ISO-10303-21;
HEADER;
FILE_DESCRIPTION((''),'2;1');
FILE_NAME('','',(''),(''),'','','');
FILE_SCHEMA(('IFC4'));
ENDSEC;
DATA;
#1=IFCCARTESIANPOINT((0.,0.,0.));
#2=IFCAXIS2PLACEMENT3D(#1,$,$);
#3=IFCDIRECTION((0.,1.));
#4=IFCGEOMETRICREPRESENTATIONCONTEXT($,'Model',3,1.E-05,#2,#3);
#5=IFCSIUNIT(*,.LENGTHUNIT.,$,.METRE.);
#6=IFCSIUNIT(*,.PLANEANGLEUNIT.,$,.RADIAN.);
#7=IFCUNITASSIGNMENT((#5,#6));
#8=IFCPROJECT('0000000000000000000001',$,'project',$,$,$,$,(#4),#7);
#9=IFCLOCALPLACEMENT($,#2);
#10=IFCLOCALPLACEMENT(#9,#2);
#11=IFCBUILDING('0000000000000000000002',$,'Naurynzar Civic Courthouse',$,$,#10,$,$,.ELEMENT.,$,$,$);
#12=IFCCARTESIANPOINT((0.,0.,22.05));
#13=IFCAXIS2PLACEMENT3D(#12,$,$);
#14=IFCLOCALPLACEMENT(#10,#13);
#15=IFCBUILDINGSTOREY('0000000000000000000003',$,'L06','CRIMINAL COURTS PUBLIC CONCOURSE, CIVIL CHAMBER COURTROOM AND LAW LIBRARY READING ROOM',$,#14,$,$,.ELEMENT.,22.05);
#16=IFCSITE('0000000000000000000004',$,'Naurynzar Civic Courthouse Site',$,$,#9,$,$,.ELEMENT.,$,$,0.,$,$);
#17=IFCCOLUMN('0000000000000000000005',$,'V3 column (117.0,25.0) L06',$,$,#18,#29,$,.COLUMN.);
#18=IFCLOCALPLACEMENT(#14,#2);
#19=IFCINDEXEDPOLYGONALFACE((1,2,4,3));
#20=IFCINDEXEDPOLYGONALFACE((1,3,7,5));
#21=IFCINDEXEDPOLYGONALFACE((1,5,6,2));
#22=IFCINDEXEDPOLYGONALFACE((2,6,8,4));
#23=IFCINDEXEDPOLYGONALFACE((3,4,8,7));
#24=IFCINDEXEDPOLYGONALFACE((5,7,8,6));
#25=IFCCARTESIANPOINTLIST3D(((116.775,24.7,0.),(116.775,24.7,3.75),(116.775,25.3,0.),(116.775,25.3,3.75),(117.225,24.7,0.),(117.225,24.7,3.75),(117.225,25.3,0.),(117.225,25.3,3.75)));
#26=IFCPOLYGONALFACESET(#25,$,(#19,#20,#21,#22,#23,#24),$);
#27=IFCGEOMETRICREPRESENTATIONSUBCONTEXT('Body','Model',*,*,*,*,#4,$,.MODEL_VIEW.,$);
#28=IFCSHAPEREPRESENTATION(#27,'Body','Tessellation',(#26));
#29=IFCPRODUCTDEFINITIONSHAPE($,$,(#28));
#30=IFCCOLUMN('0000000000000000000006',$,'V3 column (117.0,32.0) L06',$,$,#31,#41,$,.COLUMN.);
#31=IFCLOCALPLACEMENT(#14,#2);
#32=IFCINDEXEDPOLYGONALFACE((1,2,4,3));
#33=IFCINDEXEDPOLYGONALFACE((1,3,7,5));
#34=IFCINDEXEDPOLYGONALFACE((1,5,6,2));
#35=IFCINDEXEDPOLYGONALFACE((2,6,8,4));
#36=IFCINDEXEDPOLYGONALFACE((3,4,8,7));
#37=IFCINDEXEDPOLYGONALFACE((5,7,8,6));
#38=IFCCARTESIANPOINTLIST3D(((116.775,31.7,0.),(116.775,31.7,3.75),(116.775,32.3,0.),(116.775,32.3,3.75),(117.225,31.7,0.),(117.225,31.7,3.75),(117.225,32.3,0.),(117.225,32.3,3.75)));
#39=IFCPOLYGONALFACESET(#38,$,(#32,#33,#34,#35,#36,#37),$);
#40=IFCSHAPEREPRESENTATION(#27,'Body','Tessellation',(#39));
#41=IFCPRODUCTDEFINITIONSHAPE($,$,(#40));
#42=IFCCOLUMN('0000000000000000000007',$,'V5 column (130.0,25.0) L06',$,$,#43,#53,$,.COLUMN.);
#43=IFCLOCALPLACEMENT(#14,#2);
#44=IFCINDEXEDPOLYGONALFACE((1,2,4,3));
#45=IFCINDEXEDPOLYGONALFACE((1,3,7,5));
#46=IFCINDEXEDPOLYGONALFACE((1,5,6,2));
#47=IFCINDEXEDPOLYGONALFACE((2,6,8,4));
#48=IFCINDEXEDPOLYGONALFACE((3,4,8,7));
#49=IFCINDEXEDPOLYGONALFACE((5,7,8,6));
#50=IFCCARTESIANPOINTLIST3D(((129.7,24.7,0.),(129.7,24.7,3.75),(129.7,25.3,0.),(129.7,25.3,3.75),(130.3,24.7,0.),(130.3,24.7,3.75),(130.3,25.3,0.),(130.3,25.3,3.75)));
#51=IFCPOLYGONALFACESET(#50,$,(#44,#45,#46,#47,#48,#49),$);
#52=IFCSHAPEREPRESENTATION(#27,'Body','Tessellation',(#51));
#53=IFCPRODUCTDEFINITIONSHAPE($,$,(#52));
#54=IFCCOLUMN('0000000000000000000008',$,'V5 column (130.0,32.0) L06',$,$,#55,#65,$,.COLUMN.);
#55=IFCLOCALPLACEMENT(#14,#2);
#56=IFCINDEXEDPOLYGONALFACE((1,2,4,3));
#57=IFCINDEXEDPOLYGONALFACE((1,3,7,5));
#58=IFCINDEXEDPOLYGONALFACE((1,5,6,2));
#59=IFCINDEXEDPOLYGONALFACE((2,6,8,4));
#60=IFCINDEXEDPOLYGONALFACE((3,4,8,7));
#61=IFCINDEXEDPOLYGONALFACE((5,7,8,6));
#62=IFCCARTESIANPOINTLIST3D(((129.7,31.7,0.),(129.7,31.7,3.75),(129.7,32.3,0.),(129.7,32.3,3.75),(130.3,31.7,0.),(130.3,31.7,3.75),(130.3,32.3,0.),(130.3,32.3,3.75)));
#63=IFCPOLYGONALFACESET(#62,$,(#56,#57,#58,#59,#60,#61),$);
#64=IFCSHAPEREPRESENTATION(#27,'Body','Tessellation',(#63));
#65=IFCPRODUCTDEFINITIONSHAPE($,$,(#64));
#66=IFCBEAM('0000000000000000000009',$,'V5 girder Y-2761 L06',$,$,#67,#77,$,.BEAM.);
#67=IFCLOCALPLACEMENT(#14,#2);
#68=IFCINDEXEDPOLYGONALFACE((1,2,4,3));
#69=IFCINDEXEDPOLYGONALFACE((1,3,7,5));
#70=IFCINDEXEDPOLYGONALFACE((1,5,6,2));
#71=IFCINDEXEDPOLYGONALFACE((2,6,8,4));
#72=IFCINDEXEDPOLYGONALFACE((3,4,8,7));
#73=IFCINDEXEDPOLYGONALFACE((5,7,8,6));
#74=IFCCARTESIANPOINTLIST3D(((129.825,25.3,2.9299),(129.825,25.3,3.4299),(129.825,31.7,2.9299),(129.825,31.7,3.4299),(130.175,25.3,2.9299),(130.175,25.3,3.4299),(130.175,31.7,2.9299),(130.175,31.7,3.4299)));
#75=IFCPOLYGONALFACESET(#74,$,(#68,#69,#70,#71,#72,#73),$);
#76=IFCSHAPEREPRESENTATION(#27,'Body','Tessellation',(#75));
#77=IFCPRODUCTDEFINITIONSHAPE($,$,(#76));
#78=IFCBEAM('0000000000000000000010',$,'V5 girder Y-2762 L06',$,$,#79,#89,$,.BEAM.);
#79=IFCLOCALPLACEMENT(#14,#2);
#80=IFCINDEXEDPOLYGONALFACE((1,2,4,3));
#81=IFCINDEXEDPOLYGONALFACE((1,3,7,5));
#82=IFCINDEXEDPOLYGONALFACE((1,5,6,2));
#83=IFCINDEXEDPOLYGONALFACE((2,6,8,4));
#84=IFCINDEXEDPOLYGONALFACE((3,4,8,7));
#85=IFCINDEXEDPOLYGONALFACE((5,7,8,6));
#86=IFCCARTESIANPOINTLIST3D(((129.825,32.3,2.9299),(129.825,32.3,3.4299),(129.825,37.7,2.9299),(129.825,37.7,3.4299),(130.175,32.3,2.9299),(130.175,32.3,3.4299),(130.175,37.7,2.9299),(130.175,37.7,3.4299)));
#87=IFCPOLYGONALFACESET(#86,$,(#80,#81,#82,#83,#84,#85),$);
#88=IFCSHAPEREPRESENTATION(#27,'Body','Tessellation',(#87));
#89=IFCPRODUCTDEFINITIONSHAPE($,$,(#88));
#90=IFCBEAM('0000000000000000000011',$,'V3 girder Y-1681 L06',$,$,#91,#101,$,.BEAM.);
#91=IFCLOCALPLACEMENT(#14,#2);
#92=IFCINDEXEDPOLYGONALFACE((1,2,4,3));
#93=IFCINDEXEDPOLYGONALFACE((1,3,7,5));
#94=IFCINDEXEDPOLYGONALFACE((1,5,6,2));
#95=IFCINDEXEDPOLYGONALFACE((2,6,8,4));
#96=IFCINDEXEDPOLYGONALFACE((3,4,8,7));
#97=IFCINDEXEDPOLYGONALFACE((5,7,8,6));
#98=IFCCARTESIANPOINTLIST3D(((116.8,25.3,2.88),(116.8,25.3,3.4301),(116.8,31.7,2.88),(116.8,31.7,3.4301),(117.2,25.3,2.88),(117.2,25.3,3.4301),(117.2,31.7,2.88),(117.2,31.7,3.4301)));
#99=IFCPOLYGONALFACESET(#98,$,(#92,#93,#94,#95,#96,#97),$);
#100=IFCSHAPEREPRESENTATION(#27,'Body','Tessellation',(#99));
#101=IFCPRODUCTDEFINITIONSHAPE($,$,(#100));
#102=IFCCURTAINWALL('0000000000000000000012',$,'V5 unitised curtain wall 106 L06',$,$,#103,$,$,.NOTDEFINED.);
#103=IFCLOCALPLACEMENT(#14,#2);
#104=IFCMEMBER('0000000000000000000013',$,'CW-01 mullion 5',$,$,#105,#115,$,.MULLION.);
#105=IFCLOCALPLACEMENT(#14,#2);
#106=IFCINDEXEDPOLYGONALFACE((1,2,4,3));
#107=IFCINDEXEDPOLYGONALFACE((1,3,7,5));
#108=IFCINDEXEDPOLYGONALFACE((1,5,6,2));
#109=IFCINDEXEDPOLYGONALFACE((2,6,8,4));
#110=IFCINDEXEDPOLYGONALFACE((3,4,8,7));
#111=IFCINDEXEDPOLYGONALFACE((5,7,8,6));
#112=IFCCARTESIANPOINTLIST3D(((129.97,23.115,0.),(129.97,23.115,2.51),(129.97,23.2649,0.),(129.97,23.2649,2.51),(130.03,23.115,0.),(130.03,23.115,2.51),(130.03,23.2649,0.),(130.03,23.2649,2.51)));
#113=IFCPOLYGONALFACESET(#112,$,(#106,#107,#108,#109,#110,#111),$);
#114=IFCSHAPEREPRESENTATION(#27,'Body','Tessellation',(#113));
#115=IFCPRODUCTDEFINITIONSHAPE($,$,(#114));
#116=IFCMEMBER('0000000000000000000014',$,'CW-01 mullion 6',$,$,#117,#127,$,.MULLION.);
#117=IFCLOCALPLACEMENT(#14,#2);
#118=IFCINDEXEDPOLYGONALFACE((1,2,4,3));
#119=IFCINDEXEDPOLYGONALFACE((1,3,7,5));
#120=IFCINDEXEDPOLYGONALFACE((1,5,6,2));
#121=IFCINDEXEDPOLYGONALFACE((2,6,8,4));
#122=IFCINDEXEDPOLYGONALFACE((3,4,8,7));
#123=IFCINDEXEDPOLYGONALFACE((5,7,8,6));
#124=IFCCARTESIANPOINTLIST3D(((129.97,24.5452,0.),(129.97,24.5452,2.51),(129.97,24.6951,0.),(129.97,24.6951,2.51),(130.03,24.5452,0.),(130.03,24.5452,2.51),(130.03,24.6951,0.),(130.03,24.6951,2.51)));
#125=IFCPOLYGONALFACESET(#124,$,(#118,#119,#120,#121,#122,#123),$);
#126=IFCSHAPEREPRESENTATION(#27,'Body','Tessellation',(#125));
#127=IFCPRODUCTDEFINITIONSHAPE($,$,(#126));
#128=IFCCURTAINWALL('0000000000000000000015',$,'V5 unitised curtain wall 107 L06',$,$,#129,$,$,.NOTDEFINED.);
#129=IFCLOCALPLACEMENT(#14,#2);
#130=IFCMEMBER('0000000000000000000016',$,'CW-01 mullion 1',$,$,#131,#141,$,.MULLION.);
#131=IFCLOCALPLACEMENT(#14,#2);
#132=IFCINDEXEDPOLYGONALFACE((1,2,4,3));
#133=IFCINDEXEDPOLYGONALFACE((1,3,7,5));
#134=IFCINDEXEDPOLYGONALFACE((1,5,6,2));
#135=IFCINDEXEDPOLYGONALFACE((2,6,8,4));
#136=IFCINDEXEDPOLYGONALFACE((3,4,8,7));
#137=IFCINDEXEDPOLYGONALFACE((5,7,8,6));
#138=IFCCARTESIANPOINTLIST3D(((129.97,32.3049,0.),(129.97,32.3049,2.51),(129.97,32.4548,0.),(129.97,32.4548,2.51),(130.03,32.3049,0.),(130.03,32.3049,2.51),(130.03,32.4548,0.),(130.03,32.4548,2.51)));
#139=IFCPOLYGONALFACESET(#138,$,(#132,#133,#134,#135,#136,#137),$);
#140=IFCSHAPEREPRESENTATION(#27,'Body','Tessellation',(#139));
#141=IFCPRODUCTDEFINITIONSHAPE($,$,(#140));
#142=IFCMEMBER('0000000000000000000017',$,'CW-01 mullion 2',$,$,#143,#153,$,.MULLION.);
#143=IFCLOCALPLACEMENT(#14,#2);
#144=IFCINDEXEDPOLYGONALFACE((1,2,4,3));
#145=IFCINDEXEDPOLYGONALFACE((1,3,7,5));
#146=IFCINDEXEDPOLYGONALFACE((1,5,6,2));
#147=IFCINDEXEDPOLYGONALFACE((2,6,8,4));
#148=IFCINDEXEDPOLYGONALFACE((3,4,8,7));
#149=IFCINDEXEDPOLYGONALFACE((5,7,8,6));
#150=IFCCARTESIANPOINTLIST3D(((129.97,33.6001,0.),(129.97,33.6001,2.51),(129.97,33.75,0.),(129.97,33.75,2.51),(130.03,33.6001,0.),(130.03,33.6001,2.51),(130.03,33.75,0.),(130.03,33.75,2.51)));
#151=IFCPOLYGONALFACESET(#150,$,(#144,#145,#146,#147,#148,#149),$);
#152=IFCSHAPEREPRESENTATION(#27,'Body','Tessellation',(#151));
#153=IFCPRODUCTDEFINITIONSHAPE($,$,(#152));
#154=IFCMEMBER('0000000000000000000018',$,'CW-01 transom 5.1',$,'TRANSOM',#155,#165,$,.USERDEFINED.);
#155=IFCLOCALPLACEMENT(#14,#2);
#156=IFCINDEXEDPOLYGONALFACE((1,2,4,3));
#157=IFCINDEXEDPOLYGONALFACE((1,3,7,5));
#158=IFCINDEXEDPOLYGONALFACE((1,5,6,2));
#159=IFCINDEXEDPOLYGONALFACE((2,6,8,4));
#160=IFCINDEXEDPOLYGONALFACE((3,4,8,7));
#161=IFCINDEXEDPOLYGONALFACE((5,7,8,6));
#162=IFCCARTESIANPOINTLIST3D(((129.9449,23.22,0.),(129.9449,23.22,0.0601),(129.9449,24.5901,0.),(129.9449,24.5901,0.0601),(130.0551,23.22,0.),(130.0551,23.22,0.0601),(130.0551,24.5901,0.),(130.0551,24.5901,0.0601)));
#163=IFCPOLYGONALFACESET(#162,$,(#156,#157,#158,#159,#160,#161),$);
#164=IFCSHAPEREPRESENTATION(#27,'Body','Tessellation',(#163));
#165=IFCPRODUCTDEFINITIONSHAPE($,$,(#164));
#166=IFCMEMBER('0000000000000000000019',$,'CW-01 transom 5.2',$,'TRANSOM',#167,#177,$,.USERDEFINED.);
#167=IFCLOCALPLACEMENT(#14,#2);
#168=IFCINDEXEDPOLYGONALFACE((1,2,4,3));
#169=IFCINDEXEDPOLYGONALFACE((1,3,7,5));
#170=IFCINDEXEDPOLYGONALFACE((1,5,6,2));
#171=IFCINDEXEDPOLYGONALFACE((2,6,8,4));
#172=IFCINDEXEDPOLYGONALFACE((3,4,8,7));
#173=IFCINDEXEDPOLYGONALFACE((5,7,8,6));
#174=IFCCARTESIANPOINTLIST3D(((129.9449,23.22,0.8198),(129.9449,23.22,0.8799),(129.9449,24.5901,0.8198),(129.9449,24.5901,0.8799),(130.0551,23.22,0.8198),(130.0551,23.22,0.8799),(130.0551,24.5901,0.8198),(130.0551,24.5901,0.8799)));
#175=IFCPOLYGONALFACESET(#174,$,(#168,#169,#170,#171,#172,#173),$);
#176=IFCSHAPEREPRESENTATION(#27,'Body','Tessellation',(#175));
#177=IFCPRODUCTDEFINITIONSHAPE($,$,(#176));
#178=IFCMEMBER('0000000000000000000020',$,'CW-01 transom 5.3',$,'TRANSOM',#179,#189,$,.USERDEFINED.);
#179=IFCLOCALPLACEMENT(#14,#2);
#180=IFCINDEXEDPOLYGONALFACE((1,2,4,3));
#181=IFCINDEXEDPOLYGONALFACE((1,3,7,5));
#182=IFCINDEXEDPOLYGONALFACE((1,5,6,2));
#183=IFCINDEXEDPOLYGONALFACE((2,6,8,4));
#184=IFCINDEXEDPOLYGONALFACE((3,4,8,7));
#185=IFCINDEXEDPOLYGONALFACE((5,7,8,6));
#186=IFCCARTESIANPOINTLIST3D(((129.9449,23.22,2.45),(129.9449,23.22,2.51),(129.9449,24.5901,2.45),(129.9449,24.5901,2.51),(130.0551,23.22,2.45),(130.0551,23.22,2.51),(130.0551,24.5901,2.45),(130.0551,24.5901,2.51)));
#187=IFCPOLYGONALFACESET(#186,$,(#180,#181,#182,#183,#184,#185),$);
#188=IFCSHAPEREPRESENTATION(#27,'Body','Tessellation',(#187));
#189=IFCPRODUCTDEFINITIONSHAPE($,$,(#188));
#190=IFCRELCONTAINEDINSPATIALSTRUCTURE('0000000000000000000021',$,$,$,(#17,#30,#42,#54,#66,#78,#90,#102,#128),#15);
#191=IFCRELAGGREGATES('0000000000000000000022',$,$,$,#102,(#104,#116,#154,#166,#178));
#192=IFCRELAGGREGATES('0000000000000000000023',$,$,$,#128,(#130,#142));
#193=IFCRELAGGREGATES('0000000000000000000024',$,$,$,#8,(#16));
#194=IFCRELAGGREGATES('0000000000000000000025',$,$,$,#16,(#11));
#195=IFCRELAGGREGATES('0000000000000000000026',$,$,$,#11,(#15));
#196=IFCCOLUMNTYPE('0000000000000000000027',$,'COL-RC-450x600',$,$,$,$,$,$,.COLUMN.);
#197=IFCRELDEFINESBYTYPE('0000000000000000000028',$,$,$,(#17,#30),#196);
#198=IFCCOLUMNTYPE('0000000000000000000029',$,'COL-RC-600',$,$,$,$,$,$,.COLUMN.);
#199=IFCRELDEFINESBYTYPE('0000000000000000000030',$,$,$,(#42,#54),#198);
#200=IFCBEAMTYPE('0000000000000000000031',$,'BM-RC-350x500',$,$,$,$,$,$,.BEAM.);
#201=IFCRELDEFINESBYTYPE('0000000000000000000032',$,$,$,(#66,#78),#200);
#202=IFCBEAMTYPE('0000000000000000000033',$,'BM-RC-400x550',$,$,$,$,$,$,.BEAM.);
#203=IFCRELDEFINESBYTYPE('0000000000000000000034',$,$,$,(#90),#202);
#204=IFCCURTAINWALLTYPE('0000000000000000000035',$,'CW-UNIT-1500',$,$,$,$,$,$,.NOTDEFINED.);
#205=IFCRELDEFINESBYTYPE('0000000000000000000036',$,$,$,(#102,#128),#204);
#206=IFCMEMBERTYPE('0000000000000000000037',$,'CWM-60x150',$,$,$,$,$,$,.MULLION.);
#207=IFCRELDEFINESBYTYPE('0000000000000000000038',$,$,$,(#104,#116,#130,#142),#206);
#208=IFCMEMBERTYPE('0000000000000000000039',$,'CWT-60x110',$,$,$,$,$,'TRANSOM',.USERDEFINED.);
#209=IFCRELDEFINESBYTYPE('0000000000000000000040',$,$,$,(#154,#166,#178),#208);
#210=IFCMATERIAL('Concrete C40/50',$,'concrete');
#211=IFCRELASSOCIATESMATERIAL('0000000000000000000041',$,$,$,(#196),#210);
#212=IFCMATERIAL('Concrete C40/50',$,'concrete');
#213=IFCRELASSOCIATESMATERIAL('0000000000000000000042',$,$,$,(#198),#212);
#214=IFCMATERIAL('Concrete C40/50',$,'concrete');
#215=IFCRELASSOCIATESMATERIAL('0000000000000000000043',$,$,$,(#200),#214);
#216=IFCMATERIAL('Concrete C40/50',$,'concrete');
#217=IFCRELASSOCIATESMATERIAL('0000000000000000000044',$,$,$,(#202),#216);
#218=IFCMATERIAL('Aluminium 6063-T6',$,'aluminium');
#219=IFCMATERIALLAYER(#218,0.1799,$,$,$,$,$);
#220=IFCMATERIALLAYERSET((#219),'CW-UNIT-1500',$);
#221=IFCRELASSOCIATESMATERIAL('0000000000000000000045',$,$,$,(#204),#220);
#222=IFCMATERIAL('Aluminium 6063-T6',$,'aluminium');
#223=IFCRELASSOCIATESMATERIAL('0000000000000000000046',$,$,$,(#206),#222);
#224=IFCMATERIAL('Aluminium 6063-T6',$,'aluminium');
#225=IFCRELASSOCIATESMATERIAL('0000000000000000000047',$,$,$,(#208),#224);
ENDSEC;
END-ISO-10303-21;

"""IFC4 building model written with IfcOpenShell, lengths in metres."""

from ifc_helpers import new_model, si_unit, direction, frame, origin, origin_2d, place, context, subcontext, project, spatial, rectangle, extrude, material, layer, layer_set, material_profile, profile_set, type_object, element, aggregate, save


model = new_model("IFC4")

# Units and contexts
model_context = context("Model", 3, precision=1e-05, world=origin(), true_north=direction((0.0, 1.0)))
body_context = subcontext(model_context, "Body", "Model", "MODEL_VIEW")
ifc_project = project(units=[si_unit("LENGTHUNIT", "METRE"), si_unit("PLANEANGLEUNIT", "RADIAN")], contexts=[model_context])

# Site, building, storey
site_placement = place(None, origin())
site = spatial("IfcSite", under=ifc_project, at=site_placement, Name="Naurynzar Civic Courthouse Site", CompositionType="ELEMENT", RefElevation=0.0)
building_placement = place(site_placement, origin())
building = spatial("IfcBuilding", under=site, at=building_placement, Name="Naurynzar Civic Courthouse", CompositionType="ELEMENT")
storey_placement = place(building_placement, frame((0.0, 0.0, 22.05)))
storey = spatial("IfcBuildingStorey", under=building, at=storey_placement, Name="L06", Description="CRIMINAL COURTS PUBLIC CONCOURSE, CIVIL CHAMBER COURTROOM AND LAW LIBRARY READING ROOM", CompositionType="ELEMENT", Elevation=22.05)

# Columns
ifc_material_1 = material(Name="Concrete C40/50", Category="concrete")
ifc_material_profile_1 = material_profile(ifc_material_1, rectangle(XDim=0.45, YDim=0.6001, at=origin_2d()), Name="RC 450x600")
ifc_profile_set_1 = profile_set([ifc_material_profile_1], Name="Concrete C40/50")
column_type_1 = type_object("IfcColumnType", Name="COL-RC-450x600", PredefinedType="COLUMN", material=ifc_profile_set_1)
for number, where, z_axis, x_axis, name in (
    (1, (117.0, 25.0, 0.0), (0.0, 0.0, 1.0), (1.0, 0.0, 0.0), "V3 column (117.0,25.0) L06"),
    (2, (117.0, 32.0, 0.0), (0.0, 0.0, 1.0), (1.0, 0.0, 0.0), "V3 column (117.0,32.0) L06"),
):
    element("IfcColumn", number, at=place(storey_placement, frame(where, z_axis=z_axis, x_axis=x_axis)), inside=storey, type_object=column_type_1, Name=name, PredefinedType="COLUMN", context=body_context, shape_type="SweptSolid", body=[
        extrude(rectangle(XDim=0.45, YDim=0.6001, at=origin_2d()), origin(), (0.0, 0.0, 1.0), 3.75),
    ])
ifc_material_2 = material(Name="Concrete C40/50", Category="concrete")
ifc_material_profile_2 = material_profile(ifc_material_2, rectangle(XDim=0.6001, YDim=0.6001, at=origin_2d()), Name="RC 600x600")
ifc_profile_set_2 = profile_set([ifc_material_profile_2], Name="Concrete C40/50")
column_type_2 = type_object("IfcColumnType", Name="COL-RC-600", PredefinedType="COLUMN", material=ifc_profile_set_2)
for number, where, z_axis, x_axis, name in (
    (3, (130.0, 25.0, 0.0), (0.0, 0.0, 1.0), (1.0, 0.0, 0.0), "V5 column (130.0,25.0) L06"),
    (4, (130.0, 32.0, 0.0), (0.0, 0.0, 1.0), (1.0, 0.0, 0.0), "V5 column (130.0,32.0) L06"),
):
    element("IfcColumn", number, at=place(storey_placement, frame(where, z_axis=z_axis, x_axis=x_axis)), inside=storey, type_object=column_type_2, Name=name, PredefinedType="COLUMN", context=body_context, shape_type="SweptSolid", body=[
        extrude(rectangle(XDim=0.6001, YDim=0.6001, at=origin_2d()), origin(), (0.0, 0.0, 1.0), 3.75),
    ])

# Beams
ifc_material_3 = material(Name="Concrete C40/50", Category="concrete")
ifc_material_profile_3 = material_profile(ifc_material_3, rectangle(XDim=0.3501, YDim=0.5, at=origin_2d()), Name="RCB 350x500")
ifc_profile_set_3 = profile_set([ifc_material_profile_3], Name="Concrete C40/50")
beam_type_1 = type_object("IfcBeamType", Name="BM-RC-350x500", PredefinedType="BEAM", material=ifc_profile_set_3)
beam_1_placement = place(storey_placement, frame((130.0, 25.3, 3.1799), z_axis=(0.0, 1.0, 0.0), x_axis=(-1.0, 0.0, 0.0)))
element("IfcBeam", 5, at=beam_1_placement, inside=storey, type_object=beam_type_1, Name="V5 girder Y-2761 L06", PredefinedType="BEAM", context=body_context, shape_type="SweptSolid", body=[
    extrude(rectangle(XDim=0.3501, YDim=0.5, at=origin_2d()), origin(), (0.0, 0.0, 1.0), 6.3999),
])
beam_2_placement = place(storey_placement, frame((130.0, 32.3, 3.1799), z_axis=(0.0, 1.0, 0.0), x_axis=(-1.0, 0.0, 0.0)))
element("IfcBeam", 6, at=beam_2_placement, inside=storey, type_object=beam_type_1, Name="V5 girder Y-2762 L06", PredefinedType="BEAM", context=body_context, shape_type="SweptSolid", body=[
    extrude(rectangle(XDim=0.3501, YDim=0.5, at=origin_2d()), origin(), (0.0, 0.0, 1.0), 5.3999),
])
ifc_material_4 = material(Name="Concrete C40/50", Category="concrete")
ifc_material_profile_4 = material_profile(ifc_material_4, rectangle(XDim=0.3999, YDim=0.55, at=origin_2d()), Name="RCB 400x550")
ifc_profile_set_4 = profile_set([ifc_material_profile_4], Name="Concrete C40/50")
beam_type_2 = type_object("IfcBeamType", Name="BM-RC-400x550", PredefinedType="BEAM", material=ifc_profile_set_4)
beam_3_placement = place(storey_placement, frame((117.0, 25.3, 3.155), z_axis=(0.0, 1.0, 0.0), x_axis=(-1.0, 0.0, 0.0)))
element("IfcBeam", 7, at=beam_3_placement, inside=storey, type_object=beam_type_2, Name="V3 girder Y-1681 L06", PredefinedType="BEAM", context=body_context, shape_type="SweptSolid", body=[
    extrude(rectangle(XDim=0.3999, YDim=0.55, at=origin_2d()), origin(), (0.0, 0.0, 1.0), 6.3999),
])

# Curtain walls, members
ifc_material_5 = material(Name="Aluminium 6063-T6", Category="aluminium")
ifc_layer_1 = layer(ifc_material_5, 0.1799)
ifc_layer_set_1 = layer_set([ifc_layer_1], Name="CW-UNIT-1500")
curtain_wall_type = type_object("IfcCurtainWallType", Name="CW-UNIT-1500", PredefinedType="NOTDEFINED", material=ifc_layer_set_1)
curtain_wall_1_placement = place(storey_placement, origin())
curtain_wall_1 = element("IfcCurtainWall", 8, at=curtain_wall_1_placement, inside=storey, type_object=curtain_wall_type, Name="V5 unitised curtain wall 106 L06", PredefinedType="NOTDEFINED")
ifc_material_6 = material(Name="Aluminium 6063-T6", Category="aluminium")
ifc_material_profile_5 = material_profile(ifc_material_6, rectangle(XDim=0.0601, YDim=0.1499, at=origin_2d()), Name="ALU MULLION 60x150")
ifc_profile_set_5 = profile_set([ifc_material_profile_5], Name="Aluminium 6063-T6")
member_type_1 = type_object("IfcMemberType", Name="CWM-60x150", PredefinedType="MULLION", material=ifc_profile_set_5)
member_1_placement = place(storey_placement, frame((130.0, 23.1899, 0.0), z_axis=(0.0, 0.0, 1.0), x_axis=(-1.0, 0.0, 0.0)))
member_1 = element("IfcMember", 9, at=member_1_placement, type_object=member_type_1, Name="CW-01 mullion 5", PredefinedType="MULLION", context=body_context, shape_type="SweptSolid", body=[
    extrude(rectangle(XDim=0.0601, YDim=0.1499, at=origin_2d()), origin(), (0.0, 0.0, 1.0), 2.51),
])
member_2_placement = place(storey_placement, frame((130.0, 24.6201, 0.0), z_axis=(0.0, 0.0, 1.0), x_axis=(-1.0, 0.0, 0.0)))
member_2 = element("IfcMember", 10, at=member_2_placement, type_object=member_type_1, Name="CW-01 mullion 6", PredefinedType="MULLION", context=body_context, shape_type="SweptSolid", body=[
    extrude(rectangle(XDim=0.0601, YDim=0.1499, at=origin_2d()), origin(), (0.0, 0.0, 1.0), 2.51),
])
curtain_wall_2_placement = place(storey_placement, origin())
curtain_wall_2 = element("IfcCurtainWall", 11, at=curtain_wall_2_placement, inside=storey, type_object=curtain_wall_type, Name="V5 unitised curtain wall 107 L06", PredefinedType="NOTDEFINED")
member_3_placement = place(storey_placement, frame((130.0, 32.3799, 0.0), z_axis=(0.0, 0.0, 1.0), x_axis=(-1.0, 0.0, 0.0)))
member_3 = element("IfcMember", 12, at=member_3_placement, type_object=member_type_1, Name="CW-01 mullion 1", PredefinedType="MULLION", context=body_context, shape_type="SweptSolid", body=[
    extrude(rectangle(XDim=0.0601, YDim=0.1499, at=origin_2d()), origin(), (0.0, 0.0, 1.0), 2.51),
])
member_4_placement = place(storey_placement, frame((130.0, 33.675, 0.0), z_axis=(0.0, 0.0, 1.0), x_axis=(-1.0, 0.0, 0.0)))
member_4 = element("IfcMember", 13, at=member_4_placement, type_object=member_type_1, Name="CW-01 mullion 2", PredefinedType="MULLION", context=body_context, shape_type="SweptSolid", body=[
    extrude(rectangle(XDim=0.0601, YDim=0.1499, at=origin_2d()), origin(), (0.0, 0.0, 1.0), 2.51),
])

# Members
ifc_material_7 = material(Name="Aluminium 6063-T6", Category="aluminium")
ifc_material_profile_6 = material_profile(ifc_material_7, rectangle(XDim=0.1101, YDim=0.0601, at=origin_2d()), Name="ALU TRANSOM 60x110")
ifc_profile_set_6 = profile_set([ifc_material_profile_6], Name="Aluminium 6063-T6")
member_type_2 = type_object("IfcMemberType", Name="CWT-60x110", ElementType="TRANSOM", PredefinedType="USERDEFINED", material=ifc_profile_set_6)
member_5_placement = place(storey_placement, frame((130.0, 23.22, 0.03), z_axis=(0.0, 1.0, 0.0), x_axis=(-1.0, 0.0, 0.0)))
member_5 = element("IfcMember", 14, at=member_5_placement, type_object=member_type_2, Name="CW-01 transom 5.1", ObjectType="TRANSOM", PredefinedType="USERDEFINED", context=body_context, shape_type="SweptSolid", body=[
    extrude(rectangle(XDim=0.1101, YDim=0.0601, at=origin_2d()), origin(), (0.0, 0.0, 1.0), 1.3701),
])
member_6_placement = place(storey_placement, frame((130.0, 23.22, 0.8499), z_axis=(0.0, 1.0, 0.0), x_axis=(-1.0, 0.0, 0.0)))
member_6 = element("IfcMember", 15, at=member_6_placement, type_object=member_type_2, Name="CW-01 transom 5.2", ObjectType="TRANSOM", PredefinedType="USERDEFINED", context=body_context, shape_type="SweptSolid", body=[
    extrude(rectangle(XDim=0.1101, YDim=0.0601, at=origin_2d()), origin(), (0.0, 0.0, 1.0), 1.3701),
])
member_7_placement = place(storey_placement, frame((130.0, 23.22, 2.48), z_axis=(0.0, 1.0, 0.0), x_axis=(-1.0, 0.0, 0.0)))
member_7 = element("IfcMember", 16, at=member_7_placement, type_object=member_type_2, Name="CW-01 transom 5.3", ObjectType="TRANSOM", PredefinedType="USERDEFINED", context=body_context, shape_type="SweptSolid", body=[
    extrude(rectangle(XDim=0.1101, YDim=0.0601, at=origin_2d()), origin(), (0.0, 0.0, 1.0), 1.3701),
])

aggregate(curtain_wall_1, [member_1, member_2, member_5, member_6, member_7])
aggregate(curtain_wall_2, [member_3, member_4])

save(model, "model.ifc")
